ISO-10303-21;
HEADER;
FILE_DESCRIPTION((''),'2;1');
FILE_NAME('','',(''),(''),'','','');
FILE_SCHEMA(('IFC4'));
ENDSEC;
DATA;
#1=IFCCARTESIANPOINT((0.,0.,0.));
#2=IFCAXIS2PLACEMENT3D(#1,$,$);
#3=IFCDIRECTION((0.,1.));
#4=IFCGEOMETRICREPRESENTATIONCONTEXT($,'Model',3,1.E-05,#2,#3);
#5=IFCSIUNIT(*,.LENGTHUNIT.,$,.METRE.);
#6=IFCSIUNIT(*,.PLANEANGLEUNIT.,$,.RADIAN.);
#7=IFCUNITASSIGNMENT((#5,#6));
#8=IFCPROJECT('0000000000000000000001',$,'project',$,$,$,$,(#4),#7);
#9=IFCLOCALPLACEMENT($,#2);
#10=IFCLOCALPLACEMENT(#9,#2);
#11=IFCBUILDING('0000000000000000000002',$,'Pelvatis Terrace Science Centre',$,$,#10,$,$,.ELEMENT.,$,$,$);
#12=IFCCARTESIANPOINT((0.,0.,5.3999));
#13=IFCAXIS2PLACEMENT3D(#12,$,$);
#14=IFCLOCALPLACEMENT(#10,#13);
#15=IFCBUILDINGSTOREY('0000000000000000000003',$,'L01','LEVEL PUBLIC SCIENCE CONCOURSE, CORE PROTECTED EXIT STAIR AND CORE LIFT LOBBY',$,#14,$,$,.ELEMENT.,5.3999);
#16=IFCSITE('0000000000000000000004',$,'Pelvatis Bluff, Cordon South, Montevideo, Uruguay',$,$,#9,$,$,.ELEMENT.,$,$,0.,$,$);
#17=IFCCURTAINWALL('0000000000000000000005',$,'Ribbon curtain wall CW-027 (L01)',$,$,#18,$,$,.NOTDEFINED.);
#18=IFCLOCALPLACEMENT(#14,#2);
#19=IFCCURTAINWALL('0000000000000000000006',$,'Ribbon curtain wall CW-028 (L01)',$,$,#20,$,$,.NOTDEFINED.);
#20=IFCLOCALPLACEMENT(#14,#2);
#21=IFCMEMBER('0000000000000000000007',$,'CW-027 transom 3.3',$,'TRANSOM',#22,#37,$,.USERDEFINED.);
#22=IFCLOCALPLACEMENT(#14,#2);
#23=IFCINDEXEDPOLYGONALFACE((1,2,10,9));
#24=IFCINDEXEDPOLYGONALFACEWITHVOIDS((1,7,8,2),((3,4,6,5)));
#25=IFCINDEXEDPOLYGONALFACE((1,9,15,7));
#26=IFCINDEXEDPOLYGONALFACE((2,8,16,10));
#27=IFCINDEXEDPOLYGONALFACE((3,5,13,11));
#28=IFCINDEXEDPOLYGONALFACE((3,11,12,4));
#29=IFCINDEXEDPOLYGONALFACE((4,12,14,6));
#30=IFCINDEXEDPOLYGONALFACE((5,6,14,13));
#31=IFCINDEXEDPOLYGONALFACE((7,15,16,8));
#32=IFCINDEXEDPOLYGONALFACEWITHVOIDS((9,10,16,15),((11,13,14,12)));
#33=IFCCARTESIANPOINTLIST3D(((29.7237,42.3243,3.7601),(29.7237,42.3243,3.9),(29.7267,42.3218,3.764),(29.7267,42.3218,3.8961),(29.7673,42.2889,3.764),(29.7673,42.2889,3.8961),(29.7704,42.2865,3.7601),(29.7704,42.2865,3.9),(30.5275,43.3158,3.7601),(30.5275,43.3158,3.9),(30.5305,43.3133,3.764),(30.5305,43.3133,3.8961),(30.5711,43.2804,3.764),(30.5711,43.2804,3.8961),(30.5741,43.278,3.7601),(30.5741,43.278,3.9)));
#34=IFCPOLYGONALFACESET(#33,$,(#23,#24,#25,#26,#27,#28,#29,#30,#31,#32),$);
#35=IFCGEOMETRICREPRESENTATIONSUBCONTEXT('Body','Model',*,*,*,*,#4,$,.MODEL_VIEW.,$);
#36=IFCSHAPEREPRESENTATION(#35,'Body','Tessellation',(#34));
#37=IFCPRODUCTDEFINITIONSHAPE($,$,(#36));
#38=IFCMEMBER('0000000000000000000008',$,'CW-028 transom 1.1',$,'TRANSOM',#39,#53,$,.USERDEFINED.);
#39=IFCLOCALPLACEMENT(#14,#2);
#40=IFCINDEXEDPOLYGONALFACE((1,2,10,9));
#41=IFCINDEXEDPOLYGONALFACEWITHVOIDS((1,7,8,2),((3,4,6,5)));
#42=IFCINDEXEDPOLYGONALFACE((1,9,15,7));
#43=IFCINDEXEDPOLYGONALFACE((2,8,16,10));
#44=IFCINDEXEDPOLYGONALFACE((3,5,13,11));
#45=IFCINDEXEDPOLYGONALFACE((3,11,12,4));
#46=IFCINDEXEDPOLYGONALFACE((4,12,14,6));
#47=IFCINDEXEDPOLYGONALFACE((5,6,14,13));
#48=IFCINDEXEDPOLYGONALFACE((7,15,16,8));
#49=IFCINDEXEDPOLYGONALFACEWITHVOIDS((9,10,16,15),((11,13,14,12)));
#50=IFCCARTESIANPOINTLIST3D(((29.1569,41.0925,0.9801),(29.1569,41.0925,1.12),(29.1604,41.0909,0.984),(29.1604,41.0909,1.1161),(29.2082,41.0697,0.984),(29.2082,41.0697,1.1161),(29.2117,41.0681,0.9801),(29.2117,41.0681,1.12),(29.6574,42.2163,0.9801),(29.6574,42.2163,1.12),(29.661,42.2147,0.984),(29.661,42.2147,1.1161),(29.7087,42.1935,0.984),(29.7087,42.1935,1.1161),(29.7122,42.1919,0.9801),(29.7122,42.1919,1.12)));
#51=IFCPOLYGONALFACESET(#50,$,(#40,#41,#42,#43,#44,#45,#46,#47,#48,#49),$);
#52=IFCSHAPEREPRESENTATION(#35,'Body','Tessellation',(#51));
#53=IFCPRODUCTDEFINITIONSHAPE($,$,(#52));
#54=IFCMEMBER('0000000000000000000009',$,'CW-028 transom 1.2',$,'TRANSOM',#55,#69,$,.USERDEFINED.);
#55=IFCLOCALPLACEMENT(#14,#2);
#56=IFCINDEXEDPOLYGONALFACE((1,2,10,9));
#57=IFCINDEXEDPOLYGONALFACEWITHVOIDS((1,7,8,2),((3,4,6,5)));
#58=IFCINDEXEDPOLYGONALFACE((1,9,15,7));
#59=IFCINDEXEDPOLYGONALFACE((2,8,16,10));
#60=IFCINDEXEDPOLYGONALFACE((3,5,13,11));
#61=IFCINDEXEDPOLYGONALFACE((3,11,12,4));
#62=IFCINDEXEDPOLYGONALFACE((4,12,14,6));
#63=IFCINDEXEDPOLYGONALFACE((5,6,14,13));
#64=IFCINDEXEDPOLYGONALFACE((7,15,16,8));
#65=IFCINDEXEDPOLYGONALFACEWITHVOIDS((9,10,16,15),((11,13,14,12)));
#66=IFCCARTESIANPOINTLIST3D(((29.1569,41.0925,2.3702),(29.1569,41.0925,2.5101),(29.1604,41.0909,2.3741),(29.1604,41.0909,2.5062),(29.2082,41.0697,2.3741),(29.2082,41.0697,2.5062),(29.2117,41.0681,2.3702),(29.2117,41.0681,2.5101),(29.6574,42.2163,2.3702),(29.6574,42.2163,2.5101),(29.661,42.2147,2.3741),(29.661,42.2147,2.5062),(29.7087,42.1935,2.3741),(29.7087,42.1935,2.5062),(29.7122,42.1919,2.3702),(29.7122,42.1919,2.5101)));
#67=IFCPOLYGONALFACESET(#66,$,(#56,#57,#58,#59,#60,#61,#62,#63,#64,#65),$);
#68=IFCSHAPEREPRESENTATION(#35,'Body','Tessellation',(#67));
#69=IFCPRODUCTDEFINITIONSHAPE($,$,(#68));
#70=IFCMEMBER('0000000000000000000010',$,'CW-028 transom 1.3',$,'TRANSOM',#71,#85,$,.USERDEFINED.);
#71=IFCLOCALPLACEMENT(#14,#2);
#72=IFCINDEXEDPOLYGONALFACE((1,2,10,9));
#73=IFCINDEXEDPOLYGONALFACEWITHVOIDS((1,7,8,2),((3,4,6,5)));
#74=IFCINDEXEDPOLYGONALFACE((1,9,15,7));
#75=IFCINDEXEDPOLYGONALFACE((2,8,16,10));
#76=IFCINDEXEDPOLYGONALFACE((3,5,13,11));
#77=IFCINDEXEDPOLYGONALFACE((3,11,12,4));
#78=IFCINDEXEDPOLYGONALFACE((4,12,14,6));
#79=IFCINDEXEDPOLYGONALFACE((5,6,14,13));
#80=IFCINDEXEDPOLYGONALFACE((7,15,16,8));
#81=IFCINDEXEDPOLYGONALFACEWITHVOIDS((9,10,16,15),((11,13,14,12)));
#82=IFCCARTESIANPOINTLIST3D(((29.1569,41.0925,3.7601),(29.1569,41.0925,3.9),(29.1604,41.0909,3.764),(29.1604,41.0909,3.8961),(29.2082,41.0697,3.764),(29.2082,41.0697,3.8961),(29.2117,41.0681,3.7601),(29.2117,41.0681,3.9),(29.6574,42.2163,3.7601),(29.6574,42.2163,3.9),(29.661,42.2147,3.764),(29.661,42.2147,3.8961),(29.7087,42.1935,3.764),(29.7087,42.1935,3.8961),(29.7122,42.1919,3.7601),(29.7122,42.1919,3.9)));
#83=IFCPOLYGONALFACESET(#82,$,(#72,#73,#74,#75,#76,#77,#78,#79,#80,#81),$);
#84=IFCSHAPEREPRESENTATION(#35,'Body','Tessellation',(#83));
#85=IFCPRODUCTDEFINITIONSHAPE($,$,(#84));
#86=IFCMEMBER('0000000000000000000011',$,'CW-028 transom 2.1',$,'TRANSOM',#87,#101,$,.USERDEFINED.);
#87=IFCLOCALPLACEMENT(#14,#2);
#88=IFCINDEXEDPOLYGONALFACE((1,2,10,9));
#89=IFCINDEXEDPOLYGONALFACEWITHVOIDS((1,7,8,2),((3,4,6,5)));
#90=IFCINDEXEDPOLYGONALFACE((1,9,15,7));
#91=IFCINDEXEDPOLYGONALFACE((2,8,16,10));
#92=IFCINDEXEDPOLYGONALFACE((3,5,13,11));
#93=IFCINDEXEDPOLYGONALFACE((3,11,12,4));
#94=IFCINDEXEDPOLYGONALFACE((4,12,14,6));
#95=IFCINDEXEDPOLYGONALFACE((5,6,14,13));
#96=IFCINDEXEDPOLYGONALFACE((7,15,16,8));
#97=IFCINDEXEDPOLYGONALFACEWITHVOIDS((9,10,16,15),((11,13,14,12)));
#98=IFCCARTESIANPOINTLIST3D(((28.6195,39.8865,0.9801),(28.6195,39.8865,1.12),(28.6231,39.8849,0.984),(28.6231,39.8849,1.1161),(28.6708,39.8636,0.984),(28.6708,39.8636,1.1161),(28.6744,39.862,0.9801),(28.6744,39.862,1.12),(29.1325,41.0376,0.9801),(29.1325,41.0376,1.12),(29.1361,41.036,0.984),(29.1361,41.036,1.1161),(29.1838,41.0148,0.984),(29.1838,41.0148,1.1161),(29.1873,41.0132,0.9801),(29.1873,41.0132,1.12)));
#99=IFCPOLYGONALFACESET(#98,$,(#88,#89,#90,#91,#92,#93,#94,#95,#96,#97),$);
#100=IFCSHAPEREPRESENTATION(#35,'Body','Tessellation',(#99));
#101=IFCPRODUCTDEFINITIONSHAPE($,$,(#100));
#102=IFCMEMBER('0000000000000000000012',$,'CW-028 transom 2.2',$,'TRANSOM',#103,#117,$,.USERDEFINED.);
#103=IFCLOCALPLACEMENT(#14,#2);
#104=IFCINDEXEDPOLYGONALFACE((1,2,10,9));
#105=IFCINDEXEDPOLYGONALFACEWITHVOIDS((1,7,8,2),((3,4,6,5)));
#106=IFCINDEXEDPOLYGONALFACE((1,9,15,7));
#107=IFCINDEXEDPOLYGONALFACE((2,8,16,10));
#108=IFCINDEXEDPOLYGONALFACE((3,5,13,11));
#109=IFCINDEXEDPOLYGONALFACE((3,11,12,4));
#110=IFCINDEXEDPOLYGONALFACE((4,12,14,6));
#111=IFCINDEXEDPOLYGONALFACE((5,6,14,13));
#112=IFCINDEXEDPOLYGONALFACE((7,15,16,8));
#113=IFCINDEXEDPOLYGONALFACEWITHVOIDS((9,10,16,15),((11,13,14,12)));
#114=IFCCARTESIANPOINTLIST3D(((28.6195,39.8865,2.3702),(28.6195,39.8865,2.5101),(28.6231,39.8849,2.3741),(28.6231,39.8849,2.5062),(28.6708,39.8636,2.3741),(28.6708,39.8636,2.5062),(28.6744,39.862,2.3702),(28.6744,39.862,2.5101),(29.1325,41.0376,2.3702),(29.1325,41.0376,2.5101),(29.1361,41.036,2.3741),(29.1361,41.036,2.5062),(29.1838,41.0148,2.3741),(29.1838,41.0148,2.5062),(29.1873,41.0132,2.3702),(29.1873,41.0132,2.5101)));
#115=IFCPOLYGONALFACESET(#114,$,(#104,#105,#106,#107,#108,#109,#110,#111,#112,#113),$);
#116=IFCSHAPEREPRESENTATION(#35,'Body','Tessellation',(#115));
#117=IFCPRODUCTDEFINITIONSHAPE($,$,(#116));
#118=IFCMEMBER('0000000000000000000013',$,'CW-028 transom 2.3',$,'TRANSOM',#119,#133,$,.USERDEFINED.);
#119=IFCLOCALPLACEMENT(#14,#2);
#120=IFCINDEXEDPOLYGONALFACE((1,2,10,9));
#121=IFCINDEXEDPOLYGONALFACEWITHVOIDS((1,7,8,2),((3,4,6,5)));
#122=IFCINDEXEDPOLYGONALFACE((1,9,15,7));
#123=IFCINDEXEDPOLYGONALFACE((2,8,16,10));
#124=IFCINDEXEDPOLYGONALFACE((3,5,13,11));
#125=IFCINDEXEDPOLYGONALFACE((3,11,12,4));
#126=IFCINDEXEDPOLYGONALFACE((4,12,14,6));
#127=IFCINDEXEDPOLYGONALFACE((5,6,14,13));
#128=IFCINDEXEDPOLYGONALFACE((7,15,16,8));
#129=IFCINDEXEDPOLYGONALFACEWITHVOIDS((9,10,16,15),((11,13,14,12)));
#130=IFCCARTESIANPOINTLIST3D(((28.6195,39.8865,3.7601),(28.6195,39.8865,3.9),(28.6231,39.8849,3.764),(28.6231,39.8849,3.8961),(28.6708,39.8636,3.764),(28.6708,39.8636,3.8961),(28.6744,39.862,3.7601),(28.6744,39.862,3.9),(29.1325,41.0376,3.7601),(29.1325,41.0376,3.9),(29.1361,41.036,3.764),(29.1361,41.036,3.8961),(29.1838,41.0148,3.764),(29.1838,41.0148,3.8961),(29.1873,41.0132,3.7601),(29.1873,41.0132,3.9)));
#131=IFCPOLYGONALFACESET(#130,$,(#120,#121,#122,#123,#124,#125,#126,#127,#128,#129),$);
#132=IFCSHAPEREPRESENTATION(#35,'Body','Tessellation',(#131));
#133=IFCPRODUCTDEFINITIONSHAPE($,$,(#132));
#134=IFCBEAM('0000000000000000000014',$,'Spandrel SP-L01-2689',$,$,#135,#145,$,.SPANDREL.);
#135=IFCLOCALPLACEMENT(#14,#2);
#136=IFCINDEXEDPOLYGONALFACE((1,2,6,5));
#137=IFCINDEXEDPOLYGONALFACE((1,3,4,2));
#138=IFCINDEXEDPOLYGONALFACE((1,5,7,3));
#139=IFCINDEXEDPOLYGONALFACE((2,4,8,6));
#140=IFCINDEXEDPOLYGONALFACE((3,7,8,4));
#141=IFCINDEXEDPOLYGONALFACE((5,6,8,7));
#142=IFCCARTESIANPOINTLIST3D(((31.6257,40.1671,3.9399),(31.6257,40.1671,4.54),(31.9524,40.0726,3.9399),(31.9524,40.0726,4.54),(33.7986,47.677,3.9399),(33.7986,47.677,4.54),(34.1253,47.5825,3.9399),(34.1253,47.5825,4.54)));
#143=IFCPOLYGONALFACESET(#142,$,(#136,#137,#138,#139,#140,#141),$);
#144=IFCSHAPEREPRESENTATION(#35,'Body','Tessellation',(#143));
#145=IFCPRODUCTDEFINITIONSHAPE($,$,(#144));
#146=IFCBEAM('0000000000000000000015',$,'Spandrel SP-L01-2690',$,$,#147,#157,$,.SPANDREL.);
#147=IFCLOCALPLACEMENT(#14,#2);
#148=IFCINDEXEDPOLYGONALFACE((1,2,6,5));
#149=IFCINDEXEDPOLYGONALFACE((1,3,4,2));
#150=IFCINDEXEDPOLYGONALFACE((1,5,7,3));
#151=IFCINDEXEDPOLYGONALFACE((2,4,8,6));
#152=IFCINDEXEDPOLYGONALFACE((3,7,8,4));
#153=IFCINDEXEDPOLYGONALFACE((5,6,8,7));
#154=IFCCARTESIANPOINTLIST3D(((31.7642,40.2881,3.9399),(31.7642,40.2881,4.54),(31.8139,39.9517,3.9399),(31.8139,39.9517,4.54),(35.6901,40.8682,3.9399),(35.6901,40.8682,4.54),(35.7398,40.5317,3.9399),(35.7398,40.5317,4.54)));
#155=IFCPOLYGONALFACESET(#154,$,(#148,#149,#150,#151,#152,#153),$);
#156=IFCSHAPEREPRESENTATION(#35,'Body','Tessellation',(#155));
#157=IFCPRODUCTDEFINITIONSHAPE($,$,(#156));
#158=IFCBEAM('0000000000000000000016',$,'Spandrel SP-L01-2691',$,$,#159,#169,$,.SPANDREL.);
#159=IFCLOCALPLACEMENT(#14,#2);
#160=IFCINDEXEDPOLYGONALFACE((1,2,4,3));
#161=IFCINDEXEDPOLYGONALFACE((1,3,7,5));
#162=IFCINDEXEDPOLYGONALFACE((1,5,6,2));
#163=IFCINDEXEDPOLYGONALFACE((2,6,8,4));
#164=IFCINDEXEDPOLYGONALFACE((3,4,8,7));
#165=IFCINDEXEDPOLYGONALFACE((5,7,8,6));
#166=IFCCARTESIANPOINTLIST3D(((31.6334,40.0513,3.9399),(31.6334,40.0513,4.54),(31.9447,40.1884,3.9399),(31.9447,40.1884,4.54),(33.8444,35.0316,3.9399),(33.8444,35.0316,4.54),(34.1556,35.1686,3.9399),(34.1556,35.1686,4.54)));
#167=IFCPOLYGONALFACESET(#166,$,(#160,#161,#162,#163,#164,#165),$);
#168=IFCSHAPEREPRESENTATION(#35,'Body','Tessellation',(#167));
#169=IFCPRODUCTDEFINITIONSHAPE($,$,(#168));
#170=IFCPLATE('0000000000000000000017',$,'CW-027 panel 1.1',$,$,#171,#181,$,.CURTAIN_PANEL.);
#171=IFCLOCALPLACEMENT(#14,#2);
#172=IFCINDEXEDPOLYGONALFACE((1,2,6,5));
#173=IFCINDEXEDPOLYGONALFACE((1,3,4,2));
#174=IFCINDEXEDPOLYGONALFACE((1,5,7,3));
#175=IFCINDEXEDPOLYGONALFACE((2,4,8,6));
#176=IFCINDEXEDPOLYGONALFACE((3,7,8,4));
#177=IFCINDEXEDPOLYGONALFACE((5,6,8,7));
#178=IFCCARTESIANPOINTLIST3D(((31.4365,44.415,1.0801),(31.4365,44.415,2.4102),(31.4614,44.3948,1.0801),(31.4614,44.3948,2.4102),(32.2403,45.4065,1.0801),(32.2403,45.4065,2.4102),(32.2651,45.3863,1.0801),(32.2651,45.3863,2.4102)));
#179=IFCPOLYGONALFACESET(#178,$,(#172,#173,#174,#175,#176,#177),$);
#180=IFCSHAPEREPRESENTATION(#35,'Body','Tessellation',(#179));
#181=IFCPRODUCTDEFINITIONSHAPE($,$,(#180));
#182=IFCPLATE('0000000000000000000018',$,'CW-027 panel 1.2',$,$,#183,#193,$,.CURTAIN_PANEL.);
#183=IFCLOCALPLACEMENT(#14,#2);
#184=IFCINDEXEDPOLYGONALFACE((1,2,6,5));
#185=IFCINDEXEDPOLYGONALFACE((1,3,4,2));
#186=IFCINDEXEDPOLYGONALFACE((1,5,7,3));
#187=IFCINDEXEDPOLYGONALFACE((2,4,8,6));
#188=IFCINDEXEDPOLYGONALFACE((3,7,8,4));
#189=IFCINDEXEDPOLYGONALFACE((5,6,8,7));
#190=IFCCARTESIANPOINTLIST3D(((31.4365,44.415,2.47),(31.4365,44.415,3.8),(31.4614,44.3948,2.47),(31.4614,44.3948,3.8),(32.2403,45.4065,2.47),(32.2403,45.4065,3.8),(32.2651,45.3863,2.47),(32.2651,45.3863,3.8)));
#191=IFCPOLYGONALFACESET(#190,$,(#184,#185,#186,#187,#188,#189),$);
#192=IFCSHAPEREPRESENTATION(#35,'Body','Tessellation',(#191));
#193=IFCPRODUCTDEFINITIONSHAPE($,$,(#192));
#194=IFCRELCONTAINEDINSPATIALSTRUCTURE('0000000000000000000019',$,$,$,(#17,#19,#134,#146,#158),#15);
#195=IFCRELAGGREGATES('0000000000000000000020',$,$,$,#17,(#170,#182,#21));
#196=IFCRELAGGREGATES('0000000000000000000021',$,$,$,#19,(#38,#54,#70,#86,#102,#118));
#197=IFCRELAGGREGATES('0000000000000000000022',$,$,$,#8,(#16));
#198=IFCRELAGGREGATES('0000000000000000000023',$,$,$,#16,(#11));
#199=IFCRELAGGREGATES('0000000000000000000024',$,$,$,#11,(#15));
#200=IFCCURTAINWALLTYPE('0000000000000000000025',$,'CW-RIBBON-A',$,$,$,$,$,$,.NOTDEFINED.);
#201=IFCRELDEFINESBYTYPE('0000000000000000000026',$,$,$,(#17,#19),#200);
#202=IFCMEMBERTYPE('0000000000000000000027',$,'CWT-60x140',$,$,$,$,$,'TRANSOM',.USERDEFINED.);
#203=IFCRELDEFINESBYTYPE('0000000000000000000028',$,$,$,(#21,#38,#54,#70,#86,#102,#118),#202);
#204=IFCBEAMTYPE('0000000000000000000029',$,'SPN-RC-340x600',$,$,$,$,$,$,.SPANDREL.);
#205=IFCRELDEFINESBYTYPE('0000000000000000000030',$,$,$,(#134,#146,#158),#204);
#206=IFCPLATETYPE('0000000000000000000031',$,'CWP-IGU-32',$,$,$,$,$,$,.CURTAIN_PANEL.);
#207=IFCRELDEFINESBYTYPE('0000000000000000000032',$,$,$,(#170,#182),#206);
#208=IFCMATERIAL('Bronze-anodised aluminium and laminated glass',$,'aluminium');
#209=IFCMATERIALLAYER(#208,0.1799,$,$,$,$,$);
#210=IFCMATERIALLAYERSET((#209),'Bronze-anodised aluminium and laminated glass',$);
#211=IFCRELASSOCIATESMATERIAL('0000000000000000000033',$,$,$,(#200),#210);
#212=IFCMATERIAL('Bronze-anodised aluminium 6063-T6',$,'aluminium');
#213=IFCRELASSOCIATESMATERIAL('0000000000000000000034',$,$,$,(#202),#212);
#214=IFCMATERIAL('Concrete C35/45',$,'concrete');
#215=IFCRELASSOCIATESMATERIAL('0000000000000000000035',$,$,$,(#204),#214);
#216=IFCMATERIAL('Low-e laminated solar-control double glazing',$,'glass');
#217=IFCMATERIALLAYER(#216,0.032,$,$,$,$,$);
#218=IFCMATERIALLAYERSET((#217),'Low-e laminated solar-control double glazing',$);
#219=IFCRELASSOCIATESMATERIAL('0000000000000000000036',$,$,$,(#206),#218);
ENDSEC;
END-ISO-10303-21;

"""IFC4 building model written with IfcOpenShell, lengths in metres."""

from ifc_helpers import new_model, si_unit, direction, frame, origin, origin_2d, place, context, subcontext, project, spatial, rectangle, hollow_rectangle, extrude, material, layer, layer_set, material_profile, profile_set, type_object, element, aggregate, save


model = new_model("IFC4")

# Units and contexts
model_context = context("Model", 3, precision=1e-05, world=origin(), true_north=direction((0.0, 1.0)))
body_context = subcontext(model_context, "Body", "Model", "MODEL_VIEW")
ifc_project = project(units=[si_unit("LENGTHUNIT", "METRE"), si_unit("PLANEANGLEUNIT", "RADIAN")], contexts=[model_context])

# Site, building, storey
site_placement = place(None, origin())
site = spatial("IfcSite", under=ifc_project, at=site_placement, Name="Pelvatis Bluff, Cordon South, Montevideo, Uruguay", CompositionType="ELEMENT", RefElevation=0.0)
building_placement = place(site_placement, origin())
building = spatial("IfcBuilding", under=site, at=building_placement, Name="Pelvatis Terrace Science Centre", CompositionType="ELEMENT")
storey_placement = place(building_placement, frame((0.0, 0.0, 5.3999)))
storey = spatial("IfcBuildingStorey", under=building, at=storey_placement, Name="L01", Description="LEVEL PUBLIC SCIENCE CONCOURSE, CORE PROTECTED EXIT STAIR AND CORE LIFT LOBBY", CompositionType="ELEMENT", Elevation=5.3999)

# Curtain walls
ifc_material_1 = material(Name="Bronze-anodised aluminium and laminated glass", Category="aluminium")
ifc_layer_1 = layer(ifc_material_1, 0.1799)
ifc_layer_set_1 = layer_set([ifc_layer_1], Name="Bronze-anodised aluminium and laminated glass")
curtain_wall_type = type_object("IfcCurtainWallType", Name="CW-RIBBON-A", PredefinedType="NOTDEFINED", material=ifc_layer_set_1)
curtain_wall_1_placement = place(storey_placement, origin())
curtain_wall_1 = element("IfcCurtainWall", 1, at=curtain_wall_1_placement, inside=storey, type_object=curtain_wall_type, Name="Ribbon curtain wall CW-027 (L01)", PredefinedType="NOTDEFINED")
curtain_wall_2_placement = place(storey_placement, origin())
curtain_wall_2 = element("IfcCurtainWall", 2, at=curtain_wall_2_placement, inside=storey, type_object=curtain_wall_type, Name="Ribbon curtain wall CW-028 (L01)", PredefinedType="NOTDEFINED")

# Members
ifc_material_2 = material(Name="Bronze-anodised aluminium 6063-T6", Category="aluminium")
ifc_material_profile_1 = material_profile(ifc_material_2, hollow_rectangle(XDim=0.0601, YDim=0.1399, WallThickness=0.0039, at=origin_2d()), Name="ALU-TRN 60x140")
ifc_profile_set_1 = profile_set([ifc_material_profile_1], Name="Bronze-anodised aluminium 6063-T6")
member_type_1 = type_object("IfcMemberType", Name="CWT-60x140", ElementType="TRANSOM", PredefinedType="USERDEFINED", material=ifc_profile_set_1)
member_1_placement = place(storey_placement, frame((30.5508, 43.2969, 3.8301), z_axis=(-0.629721, -0.776822, 0.0), x_axis=(0.776822, -0.629721, 0.0)))
member_1 = element("IfcMember", 3, at=member_1_placement, type_object=member_type_1, Name="CW-027 transom 3.3", ObjectType="TRANSOM", PredefinedType="USERDEFINED", context=body_context, shape_type="SweptSolid", body=[
    extrude(hollow_rectangle(XDim=0.0601, YDim=0.1399, WallThickness=0.0039, at=origin_2d()), origin(), (0.0, 0.0, 1.0), 1.2764),
])
member_2_placement = place(storey_placement, frame((29.6848, 42.2041, 1.05), z_axis=(-0.406838, -0.9135, 0.0), x_axis=(0.9135, -0.406838, 0.0)))
member_2 = element("IfcMember", 4, at=member_2_placement, type_object=member_type_1, Name="CW-028 transom 1.1", ObjectType="TRANSOM", PredefinedType="USERDEFINED", context=body_context, shape_type="SweptSolid", body=[
    extrude(hollow_rectangle(XDim=0.0601, YDim=0.1399, WallThickness=0.0039, at=origin_2d()), origin(), (0.0, 0.0, 1.0), 1.2302),
])
member_3_placement = place(storey_placement, frame((29.6848, 42.2041, 2.4402), z_axis=(-0.406838, -0.9135, 0.0), x_axis=(0.9135, -0.406838, 0.0)))
member_3 = element("IfcMember", 5, at=member_3_placement, type_object=member_type_1, Name="CW-028 transom 1.2", ObjectType="TRANSOM", PredefinedType="USERDEFINED", context=body_context, shape_type="SweptSolid", body=[
    extrude(hollow_rectangle(XDim=0.0601, YDim=0.1399, WallThickness=0.0039, at=origin_2d()), origin(), (0.0, 0.0, 1.0), 1.2302),
])
member_4_placement = place(storey_placement, frame((29.6848, 42.2041, 3.8301), z_axis=(-0.406838, -0.9135, 0.0), x_axis=(0.9135, -0.406838, 0.0)))
member_4 = element("IfcMember", 6, at=member_4_placement, type_object=member_type_1, Name="CW-028 transom 1.3", ObjectType="TRANSOM", PredefinedType="USERDEFINED", context=body_context, shape_type="SweptSolid", body=[
    extrude(hollow_rectangle(XDim=0.0601, YDim=0.1399, WallThickness=0.0039, at=origin_2d()), origin(), (0.0, 0.0, 1.0), 1.2302),
])
member_5_placement = place(storey_placement, frame((29.1599, 41.0254, 1.05), z_axis=(-0.407019, -0.91342, 0.0), x_axis=(0.91342, -0.407019, 0.0)))
member_5 = element("IfcMember", 7, at=member_5_placement, type_object=member_type_1, Name="CW-028 transom 2.1", ObjectType="TRANSOM", PredefinedType="USERDEFINED", context=body_context, shape_type="SweptSolid", body=[
    extrude(hollow_rectangle(XDim=0.0601, YDim=0.1399, WallThickness=0.0039, at=origin_2d()), origin(), (0.0, 0.0, 1.0), 1.2603),
])
member_6_placement = place(storey_placement, frame((29.1599, 41.0254, 2.4402), z_axis=(-0.407019, -0.91342, 0.0), x_axis=(0.91342, -0.407019, 0.0)))
member_6 = element("IfcMember", 8, at=member_6_placement, type_object=member_type_1, Name="CW-028 transom 2.2", ObjectType="TRANSOM", PredefinedType="USERDEFINED", context=body_context, shape_type="SweptSolid", body=[
    extrude(hollow_rectangle(XDim=0.0601, YDim=0.1399, WallThickness=0.0039, at=origin_2d()), origin(), (0.0, 0.0, 1.0), 1.2603),
])
member_7_placement = place(storey_placement, frame((29.1599, 41.0254, 3.8301), z_axis=(-0.407019, -0.91342, 0.0), x_axis=(0.91342, -0.407019, 0.0)))
member_7 = element("IfcMember", 9, at=member_7_placement, type_object=member_type_1, Name="CW-028 transom 2.3", ObjectType="TRANSOM", PredefinedType="USERDEFINED", context=body_context, shape_type="SweptSolid", body=[
    extrude(hollow_rectangle(XDim=0.0601, YDim=0.1399, WallThickness=0.0039, at=origin_2d()), origin(), (0.0, 0.0, 1.0), 1.2603),
])

# Beams
ifc_material_3 = material(Name="Concrete C35/45", Category="concrete")
ifc_material_profile_2 = material_profile(ifc_material_3, rectangle(XDim=0.3401, YDim=0.6001, at=origin_2d()), Name="RC-SPN 340x600")
ifc_profile_set_2 = profile_set([ifc_material_profile_2], Name="Concrete C35/45")
beam_type = type_object("IfcBeamType", Name="SPN-RC-340x600", PredefinedType="SPANDREL", material=ifc_profile_set_2)
beam_1_placement = place(storey_placement, frame((31.7891, 40.1199, 4.24), z_axis=(0.277937, 0.960599, 0.0), x_axis=(-0.960599, 0.277937, 0.0)))
element("IfcBeam", 10, at=beam_1_placement, inside=storey, type_object=beam_type, Name="Spandrel SP-L01-2689", PredefinedType="SPANDREL", context=body_context, shape_type="SweptSolid", body=[
    extrude(rectangle(XDim=0.3401, YDim=0.6001, at=origin_2d()), origin(), (0.0, 0.0, 1.0), 7.8179),
])
beam_2_placement = place(storey_placement, frame((31.7891, 40.1199, 4.24), z_axis=(0.989259, 0.146174, 0.0), x_axis=(-0.146174, 0.989259, 0.0)))
element("IfcBeam", 11, at=beam_2_placement, inside=storey, type_object=beam_type, Name="Spandrel SP-L01-2690", PredefinedType="SPANDREL", context=body_context, shape_type="SweptSolid", body=[
    extrude(rectangle(XDim=0.3401, YDim=0.6001, at=origin_2d()), origin(), (0.0, 0.0, 1.0), 3.9685),
])
beam_3_placement = place(storey_placement, frame((31.7891, 40.1199, 4.24), z_axis=(0.40308, -0.915165, 0.0), x_axis=(0.915165, 0.40308, 0.0)))
element("IfcBeam", 12, at=beam_3_placement, inside=storey, type_object=beam_type, Name="Spandrel SP-L01-2691", PredefinedType="SPANDREL", context=body_context, shape_type="SweptSolid", body=[
    extrude(rectangle(XDim=0.3401, YDim=0.6001, at=origin_2d()), origin(), (0.0, 0.0, 1.0), 5.4851),
])

# Plates
ifc_material_4 = material(Name="Low-e laminated solar-control double glazing", Category="glass")
ifc_layer_2 = layer(ifc_material_4, 0.032)
ifc_layer_set_2 = layer_set([ifc_layer_2], Name="Low-e laminated solar-control double glazing")
plate_type = type_object("IfcPlateType", Name="CWP-IGU-32", PredefinedType="CURTAIN_PANEL", material=ifc_layer_set_2)
plate_1_placement = place(storey_placement, frame((31.8508, 44.9006, 1.0801), z_axis=(0.0, 0.0, 1.0), x_axis=(-0.629734, -0.776811, 0.0)))
plate_1 = element("IfcPlate", 13, at=plate_1_placement, type_object=plate_type, Name="CW-027 panel 1.1", PredefinedType="CURTAIN_PANEL", context=body_context, shape_type="SweptSolid", body=[
    extrude(rectangle(XDim=1.2764, YDim=0.032, at=origin_2d()), origin(), (0.0, 0.0, 1.0), 1.3301),
])
plate_2_placement = place(storey_placement, frame((31.8508, 44.9006, 2.47), z_axis=(0.0, 0.0, 1.0), x_axis=(-0.629734, -0.776811, 0.0)))
plate_2 = element("IfcPlate", 14, at=plate_2_placement, type_object=plate_type, Name="CW-027 panel 1.2", PredefinedType="CURTAIN_PANEL", context=body_context, shape_type="SweptSolid", body=[
    extrude(rectangle(XDim=1.2764, YDim=0.032, at=origin_2d()), origin(), (0.0, 0.0, 1.0), 1.3301),
])
aggregate(curtain_wall_1, [plate_1, plate_2, member_1])
aggregate(curtain_wall_2, [member_2, member_3, member_4, member_5, member_6, member_7])

save(model, "model.ifc")
